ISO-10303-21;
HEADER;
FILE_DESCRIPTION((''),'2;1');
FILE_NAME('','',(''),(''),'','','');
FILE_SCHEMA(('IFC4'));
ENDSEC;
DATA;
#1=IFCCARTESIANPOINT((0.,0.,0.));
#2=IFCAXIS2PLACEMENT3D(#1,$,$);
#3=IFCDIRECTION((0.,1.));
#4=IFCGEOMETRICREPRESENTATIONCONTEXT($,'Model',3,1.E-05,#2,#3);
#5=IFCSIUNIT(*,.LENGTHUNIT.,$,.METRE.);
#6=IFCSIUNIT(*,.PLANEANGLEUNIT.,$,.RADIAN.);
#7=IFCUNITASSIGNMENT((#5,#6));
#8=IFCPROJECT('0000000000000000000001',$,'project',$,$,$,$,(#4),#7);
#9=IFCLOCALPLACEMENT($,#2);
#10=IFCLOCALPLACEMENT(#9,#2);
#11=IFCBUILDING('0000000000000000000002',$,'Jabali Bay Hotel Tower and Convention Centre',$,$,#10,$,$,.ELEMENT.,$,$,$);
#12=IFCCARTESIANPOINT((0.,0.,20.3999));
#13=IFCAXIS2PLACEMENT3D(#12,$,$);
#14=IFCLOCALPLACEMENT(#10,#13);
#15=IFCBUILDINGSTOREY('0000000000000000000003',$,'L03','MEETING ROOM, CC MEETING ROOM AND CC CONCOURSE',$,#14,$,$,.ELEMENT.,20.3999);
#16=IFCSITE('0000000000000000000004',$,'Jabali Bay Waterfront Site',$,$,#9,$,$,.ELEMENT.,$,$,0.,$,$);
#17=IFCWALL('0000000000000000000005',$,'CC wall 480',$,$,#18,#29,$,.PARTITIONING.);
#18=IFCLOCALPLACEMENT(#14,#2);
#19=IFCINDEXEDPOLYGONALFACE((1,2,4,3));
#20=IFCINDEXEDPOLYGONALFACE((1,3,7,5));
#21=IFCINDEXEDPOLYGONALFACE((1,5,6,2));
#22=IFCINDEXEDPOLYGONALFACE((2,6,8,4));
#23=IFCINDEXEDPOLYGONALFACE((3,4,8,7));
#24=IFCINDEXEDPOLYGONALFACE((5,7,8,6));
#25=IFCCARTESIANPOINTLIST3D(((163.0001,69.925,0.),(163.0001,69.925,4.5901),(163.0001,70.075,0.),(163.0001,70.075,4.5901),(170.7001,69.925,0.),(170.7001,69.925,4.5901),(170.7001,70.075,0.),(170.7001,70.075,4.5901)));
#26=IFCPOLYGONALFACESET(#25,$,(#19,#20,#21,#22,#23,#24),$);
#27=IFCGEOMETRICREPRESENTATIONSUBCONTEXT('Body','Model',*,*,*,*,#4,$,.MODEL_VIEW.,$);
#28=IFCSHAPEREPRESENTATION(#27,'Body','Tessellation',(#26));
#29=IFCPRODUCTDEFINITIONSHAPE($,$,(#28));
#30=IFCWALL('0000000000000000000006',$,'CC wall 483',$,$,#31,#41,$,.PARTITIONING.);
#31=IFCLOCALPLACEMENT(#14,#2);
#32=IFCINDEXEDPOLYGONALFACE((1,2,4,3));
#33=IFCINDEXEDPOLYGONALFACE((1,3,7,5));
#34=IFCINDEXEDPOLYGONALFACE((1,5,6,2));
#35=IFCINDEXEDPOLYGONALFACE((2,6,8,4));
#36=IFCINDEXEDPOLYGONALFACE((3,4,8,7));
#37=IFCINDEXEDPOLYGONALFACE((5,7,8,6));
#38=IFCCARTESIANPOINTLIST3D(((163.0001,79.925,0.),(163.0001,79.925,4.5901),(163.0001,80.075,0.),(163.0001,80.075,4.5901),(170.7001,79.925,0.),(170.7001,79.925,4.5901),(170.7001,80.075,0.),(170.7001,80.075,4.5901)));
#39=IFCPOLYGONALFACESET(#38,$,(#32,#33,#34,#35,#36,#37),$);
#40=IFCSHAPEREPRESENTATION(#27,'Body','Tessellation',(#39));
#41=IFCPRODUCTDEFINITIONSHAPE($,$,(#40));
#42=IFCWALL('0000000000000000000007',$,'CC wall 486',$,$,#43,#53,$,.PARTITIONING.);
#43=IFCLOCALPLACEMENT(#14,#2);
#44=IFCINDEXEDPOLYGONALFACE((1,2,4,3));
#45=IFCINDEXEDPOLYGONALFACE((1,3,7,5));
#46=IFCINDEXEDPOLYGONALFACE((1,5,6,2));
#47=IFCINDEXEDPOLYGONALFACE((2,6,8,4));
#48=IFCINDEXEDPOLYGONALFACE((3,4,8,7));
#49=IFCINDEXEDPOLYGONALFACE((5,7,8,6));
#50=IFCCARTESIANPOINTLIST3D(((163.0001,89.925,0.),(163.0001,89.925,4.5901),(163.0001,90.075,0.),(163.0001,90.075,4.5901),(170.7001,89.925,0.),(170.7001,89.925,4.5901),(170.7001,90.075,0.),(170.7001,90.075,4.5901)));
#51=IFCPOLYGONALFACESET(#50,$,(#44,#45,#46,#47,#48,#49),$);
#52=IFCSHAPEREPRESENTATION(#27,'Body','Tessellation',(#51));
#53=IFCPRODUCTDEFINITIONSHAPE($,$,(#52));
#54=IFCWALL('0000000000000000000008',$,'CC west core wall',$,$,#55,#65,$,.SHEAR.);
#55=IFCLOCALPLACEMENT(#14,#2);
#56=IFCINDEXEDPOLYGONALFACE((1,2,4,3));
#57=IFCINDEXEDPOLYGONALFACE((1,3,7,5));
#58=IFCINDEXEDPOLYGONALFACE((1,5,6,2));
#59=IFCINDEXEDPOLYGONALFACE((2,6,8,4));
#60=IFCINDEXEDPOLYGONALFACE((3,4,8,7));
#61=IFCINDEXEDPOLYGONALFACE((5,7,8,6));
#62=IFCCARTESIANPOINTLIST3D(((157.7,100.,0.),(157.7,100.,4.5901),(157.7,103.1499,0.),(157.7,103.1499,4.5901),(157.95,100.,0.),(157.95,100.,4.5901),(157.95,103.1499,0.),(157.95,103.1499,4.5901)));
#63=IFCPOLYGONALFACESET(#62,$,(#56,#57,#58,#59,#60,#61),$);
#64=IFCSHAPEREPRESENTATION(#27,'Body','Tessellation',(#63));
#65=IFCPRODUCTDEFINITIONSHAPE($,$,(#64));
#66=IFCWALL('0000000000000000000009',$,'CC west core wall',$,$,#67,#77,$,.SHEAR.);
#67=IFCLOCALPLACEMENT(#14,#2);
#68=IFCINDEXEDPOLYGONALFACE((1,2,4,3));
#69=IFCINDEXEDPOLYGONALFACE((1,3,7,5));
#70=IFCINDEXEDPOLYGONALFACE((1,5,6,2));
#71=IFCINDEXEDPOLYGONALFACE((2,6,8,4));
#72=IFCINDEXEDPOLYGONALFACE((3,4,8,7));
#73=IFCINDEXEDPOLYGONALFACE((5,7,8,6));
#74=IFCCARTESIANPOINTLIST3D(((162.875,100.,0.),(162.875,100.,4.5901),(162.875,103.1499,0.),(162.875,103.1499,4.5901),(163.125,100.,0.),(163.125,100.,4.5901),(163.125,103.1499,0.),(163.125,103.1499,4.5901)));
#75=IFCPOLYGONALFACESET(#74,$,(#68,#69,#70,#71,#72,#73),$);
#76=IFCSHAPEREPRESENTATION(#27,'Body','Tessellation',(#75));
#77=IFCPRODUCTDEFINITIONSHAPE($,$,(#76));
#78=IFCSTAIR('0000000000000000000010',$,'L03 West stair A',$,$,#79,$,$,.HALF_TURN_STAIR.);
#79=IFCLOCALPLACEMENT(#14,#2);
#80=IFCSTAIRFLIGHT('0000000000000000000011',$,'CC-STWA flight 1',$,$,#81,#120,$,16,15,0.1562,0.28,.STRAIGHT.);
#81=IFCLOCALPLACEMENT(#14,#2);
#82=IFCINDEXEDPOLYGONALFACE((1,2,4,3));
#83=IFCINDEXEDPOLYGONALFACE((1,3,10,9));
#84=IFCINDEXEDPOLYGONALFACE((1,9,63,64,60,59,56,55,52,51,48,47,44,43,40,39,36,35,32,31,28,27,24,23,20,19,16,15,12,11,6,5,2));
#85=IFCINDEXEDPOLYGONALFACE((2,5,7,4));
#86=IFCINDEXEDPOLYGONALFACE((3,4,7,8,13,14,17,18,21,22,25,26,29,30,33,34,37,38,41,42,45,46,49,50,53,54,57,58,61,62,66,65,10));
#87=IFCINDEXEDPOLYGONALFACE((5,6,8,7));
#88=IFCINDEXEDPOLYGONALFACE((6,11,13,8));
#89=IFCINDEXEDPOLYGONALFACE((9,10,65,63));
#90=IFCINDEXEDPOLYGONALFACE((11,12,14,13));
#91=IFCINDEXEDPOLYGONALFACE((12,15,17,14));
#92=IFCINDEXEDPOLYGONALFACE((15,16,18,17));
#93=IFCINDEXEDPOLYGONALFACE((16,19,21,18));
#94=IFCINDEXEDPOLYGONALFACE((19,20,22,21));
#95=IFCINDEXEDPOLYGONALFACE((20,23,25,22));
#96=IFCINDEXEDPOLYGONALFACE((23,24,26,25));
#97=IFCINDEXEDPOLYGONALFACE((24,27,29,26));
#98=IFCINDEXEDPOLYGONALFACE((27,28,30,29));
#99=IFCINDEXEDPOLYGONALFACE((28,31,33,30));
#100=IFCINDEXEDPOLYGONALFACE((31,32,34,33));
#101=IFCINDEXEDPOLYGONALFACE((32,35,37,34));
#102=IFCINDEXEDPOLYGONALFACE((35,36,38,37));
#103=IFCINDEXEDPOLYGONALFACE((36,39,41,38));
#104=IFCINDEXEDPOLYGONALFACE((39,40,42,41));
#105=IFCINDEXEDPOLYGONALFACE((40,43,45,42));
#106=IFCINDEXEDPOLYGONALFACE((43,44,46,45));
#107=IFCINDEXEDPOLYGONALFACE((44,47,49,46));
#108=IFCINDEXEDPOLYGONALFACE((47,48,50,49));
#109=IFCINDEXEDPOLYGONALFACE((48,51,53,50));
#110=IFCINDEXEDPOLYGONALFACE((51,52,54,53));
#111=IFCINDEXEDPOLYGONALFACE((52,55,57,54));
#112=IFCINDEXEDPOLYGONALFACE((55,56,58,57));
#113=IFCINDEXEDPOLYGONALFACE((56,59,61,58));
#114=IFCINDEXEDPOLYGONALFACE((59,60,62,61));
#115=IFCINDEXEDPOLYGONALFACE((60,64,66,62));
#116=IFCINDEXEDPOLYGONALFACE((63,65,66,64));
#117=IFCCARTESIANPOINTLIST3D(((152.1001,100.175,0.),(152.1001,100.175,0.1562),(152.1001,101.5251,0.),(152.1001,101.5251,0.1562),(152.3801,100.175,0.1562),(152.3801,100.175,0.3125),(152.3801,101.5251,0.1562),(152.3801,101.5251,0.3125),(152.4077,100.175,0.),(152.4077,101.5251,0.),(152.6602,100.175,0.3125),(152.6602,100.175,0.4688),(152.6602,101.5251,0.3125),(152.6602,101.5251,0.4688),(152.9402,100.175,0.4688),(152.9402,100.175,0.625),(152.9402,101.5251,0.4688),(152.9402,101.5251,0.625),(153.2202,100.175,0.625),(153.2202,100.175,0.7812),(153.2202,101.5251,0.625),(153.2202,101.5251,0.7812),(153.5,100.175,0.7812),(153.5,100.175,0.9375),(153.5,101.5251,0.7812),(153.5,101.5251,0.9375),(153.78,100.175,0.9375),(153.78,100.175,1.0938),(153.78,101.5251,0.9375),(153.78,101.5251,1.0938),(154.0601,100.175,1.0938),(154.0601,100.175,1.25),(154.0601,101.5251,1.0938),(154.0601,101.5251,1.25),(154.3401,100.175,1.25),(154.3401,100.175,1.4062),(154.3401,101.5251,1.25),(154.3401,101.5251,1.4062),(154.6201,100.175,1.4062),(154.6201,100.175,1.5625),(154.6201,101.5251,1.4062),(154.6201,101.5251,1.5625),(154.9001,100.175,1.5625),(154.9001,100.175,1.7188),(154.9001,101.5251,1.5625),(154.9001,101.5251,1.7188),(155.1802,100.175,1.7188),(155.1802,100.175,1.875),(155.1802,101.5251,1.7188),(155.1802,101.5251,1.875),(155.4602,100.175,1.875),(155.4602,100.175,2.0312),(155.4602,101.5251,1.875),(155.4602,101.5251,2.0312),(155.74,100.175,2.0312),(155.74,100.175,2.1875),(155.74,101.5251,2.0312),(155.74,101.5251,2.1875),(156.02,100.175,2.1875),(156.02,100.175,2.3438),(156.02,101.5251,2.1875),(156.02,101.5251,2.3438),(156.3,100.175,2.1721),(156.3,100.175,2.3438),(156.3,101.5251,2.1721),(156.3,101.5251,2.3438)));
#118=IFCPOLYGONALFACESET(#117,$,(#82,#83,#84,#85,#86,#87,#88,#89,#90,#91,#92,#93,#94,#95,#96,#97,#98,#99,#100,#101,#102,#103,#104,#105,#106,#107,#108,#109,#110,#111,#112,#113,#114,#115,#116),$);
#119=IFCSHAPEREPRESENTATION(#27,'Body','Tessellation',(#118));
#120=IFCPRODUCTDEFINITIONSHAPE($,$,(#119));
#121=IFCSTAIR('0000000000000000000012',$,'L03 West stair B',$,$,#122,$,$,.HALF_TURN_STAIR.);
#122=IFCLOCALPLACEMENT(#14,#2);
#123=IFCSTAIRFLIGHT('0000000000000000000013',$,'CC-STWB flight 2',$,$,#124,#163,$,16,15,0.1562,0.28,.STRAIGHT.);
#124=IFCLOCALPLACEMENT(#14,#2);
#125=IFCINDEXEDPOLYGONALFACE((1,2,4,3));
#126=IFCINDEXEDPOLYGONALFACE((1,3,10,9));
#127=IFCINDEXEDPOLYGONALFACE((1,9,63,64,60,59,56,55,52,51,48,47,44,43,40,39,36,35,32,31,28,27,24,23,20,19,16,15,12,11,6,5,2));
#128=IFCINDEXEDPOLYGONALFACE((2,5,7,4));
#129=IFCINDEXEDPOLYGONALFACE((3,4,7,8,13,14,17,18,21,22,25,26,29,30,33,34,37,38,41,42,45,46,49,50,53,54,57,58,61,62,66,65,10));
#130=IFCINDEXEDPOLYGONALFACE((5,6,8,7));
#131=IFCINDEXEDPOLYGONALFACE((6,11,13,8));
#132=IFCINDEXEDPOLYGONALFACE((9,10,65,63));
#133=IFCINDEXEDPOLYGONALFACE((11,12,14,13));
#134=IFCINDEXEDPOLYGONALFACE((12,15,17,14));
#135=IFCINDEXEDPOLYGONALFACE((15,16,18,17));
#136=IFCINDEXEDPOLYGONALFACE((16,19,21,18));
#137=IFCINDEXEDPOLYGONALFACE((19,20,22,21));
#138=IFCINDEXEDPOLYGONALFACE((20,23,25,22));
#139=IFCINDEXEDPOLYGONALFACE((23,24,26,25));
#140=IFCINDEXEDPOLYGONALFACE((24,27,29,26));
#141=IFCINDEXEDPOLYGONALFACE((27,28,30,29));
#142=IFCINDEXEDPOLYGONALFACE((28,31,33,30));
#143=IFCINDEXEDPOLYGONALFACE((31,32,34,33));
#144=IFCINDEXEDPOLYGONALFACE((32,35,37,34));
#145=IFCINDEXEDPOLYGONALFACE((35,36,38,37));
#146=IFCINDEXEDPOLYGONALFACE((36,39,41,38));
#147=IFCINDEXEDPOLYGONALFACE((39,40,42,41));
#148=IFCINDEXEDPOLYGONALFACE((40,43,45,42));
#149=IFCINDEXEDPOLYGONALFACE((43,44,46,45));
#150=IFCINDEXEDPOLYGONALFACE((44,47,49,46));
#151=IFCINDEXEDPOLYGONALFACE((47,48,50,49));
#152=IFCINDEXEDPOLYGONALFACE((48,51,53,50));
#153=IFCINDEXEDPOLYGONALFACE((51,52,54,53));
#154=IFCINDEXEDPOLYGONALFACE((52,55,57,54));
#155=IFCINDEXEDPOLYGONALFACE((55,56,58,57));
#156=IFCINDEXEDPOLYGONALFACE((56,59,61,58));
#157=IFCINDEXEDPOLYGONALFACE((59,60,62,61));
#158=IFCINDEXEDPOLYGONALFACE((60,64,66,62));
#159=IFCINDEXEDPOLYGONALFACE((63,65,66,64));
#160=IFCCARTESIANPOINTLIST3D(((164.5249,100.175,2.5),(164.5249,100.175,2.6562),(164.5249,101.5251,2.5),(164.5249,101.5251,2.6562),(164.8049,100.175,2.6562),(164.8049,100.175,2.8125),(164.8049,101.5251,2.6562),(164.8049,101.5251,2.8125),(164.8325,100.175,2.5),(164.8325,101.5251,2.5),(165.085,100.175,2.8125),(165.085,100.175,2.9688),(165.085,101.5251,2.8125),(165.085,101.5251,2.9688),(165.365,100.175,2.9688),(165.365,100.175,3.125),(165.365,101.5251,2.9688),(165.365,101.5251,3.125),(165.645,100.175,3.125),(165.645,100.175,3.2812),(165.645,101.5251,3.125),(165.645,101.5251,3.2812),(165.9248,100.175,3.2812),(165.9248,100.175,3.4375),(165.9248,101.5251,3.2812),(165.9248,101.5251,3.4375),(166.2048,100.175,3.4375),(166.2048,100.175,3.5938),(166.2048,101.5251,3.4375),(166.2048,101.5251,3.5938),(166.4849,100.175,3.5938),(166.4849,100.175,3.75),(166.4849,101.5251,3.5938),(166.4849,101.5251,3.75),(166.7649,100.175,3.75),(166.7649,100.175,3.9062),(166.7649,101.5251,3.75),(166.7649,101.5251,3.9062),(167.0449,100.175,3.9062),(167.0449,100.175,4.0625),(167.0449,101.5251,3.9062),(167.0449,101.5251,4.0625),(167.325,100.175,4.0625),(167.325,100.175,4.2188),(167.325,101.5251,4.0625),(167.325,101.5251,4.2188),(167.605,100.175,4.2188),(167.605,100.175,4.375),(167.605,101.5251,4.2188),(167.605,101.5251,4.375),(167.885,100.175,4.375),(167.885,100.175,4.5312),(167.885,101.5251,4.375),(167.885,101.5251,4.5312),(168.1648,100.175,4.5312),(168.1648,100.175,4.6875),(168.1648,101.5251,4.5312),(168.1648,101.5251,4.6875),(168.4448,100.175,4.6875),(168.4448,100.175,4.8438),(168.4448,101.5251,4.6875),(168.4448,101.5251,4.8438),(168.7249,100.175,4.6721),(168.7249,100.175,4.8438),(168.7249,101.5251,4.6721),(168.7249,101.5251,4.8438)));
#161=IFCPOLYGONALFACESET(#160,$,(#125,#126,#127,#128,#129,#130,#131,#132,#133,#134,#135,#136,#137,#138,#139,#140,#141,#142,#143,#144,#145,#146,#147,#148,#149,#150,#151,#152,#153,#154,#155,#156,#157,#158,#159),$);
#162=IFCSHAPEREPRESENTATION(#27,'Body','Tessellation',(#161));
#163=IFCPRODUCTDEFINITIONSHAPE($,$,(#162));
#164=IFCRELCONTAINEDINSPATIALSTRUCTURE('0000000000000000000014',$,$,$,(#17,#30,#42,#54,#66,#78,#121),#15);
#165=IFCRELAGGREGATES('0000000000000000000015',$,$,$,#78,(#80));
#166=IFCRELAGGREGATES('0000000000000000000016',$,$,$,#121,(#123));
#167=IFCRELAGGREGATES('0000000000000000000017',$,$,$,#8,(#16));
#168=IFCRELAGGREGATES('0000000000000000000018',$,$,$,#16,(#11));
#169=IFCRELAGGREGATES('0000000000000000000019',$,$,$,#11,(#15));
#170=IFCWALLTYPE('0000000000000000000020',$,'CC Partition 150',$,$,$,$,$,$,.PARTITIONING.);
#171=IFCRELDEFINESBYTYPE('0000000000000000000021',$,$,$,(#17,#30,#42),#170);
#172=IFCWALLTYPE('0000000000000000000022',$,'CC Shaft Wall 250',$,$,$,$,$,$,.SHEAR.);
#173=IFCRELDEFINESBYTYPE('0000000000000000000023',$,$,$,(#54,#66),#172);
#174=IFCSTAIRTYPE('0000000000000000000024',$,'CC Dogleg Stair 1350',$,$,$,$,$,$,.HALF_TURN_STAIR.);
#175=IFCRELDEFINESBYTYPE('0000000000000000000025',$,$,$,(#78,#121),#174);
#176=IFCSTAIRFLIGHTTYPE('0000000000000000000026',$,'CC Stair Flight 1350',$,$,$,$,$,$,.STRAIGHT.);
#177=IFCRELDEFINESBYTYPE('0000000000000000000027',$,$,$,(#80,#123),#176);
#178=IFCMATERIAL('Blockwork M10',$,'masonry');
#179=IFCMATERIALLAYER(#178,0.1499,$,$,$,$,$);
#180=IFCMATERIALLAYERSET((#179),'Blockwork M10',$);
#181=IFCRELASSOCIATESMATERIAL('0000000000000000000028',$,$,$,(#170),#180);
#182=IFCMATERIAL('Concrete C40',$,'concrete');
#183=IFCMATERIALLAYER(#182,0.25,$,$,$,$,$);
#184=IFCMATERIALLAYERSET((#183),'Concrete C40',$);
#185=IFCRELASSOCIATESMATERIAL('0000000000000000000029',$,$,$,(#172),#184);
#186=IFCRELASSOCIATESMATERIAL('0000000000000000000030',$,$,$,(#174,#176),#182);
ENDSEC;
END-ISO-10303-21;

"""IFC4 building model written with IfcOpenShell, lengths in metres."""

from ifc_helpers import new_model, si_unit, direction, frame, frame_2d, origin, place, context, subcontext, project, spatial, polyline, rectangle, outline, extrude, material, layer, layer_set, type_object, element, aggregate, save


model = new_model("IFC4")

# Units and contexts
model_context = context("Model", 3, precision=1e-05, world=origin(), true_north=direction((0.0, 1.0)))
body_context = subcontext(model_context, "Body", "Model", "MODEL_VIEW")
ifc_project = project(units=[si_unit("LENGTHUNIT", "METRE"), si_unit("PLANEANGLEUNIT", "RADIAN")], contexts=[model_context])

# Site, building, storey
site_placement = place(None, origin())
site = spatial("IfcSite", under=ifc_project, at=site_placement, Name="Jabali Bay Waterfront Site", CompositionType="ELEMENT", RefElevation=0.0)
building_placement = place(site_placement, origin())
building = spatial("IfcBuilding", under=site, at=building_placement, Name="Jabali Bay Hotel Tower and Convention Centre", CompositionType="ELEMENT")
storey_placement = place(building_placement, frame((0.0, 0.0, 20.3999)))
storey = spatial("IfcBuildingStorey", under=building, at=storey_placement, Name="L03", Description="MEETING ROOM, CC MEETING ROOM AND CC CONCOURSE", CompositionType="ELEMENT", Elevation=20.3999)

# Shared definitions
ifc_material_1 = material(Name="Blockwork M10", Category="masonry")
ifc_layer_1 = layer(ifc_material_1, 0.1499)
ifc_layer_set_1 = layer_set([ifc_layer_1], Name="Blockwork M10")
wall_type_1 = type_object("IfcWallType", Name="CC Partition 150", PredefinedType="PARTITIONING", material=ifc_layer_set_1)

# Walls
for number, where, z_axis, x_axis, name in (
    (1, (163.0, 70.0, 0.0), (0.0, 0.0, 1.0), (1.0, 0.0, 0.0), "CC wall 480"),
    (2, (163.0, 80.0, 0.0), (0.0, 0.0, 1.0), (1.0, 0.0, 0.0), "CC wall 483"),
    (3, (163.0, 90.0, 0.0), (0.0, 0.0, 1.0), (1.0, 0.0, 0.0), "CC wall 486"),
):
    element("IfcWall", number, at=place(storey_placement, frame(where, z_axis=z_axis, x_axis=x_axis)), inside=storey, type_object=wall_type_1, Name=name, PredefinedType="PARTITIONING", context=body_context, shape_type="SweptSolid", body=[
        extrude(rectangle(XDim=7.7, YDim=0.1499, at=frame_2d((3.8501, 0.0))), origin(), (0.0, 0.0, 1.0), 4.5901),
    ])
ifc_material_2 = material(Name="Concrete C40", Category="concrete")
ifc_layer_2 = layer(ifc_material_2, 0.25)
ifc_layer_set_2 = layer_set([ifc_layer_2], Name="Concrete C40")
wall_type_2 = type_object("IfcWallType", Name="CC Shaft Wall 250", PredefinedType="SHEAR", material=ifc_layer_set_2)
for number, where, z_axis, x_axis, name in (
    (4, (157.825, 100.0, 0.0), (0.0, 0.0, 1.0), (0.0, 1.0, 0.0), "CC west core wall"),
    (5, (163.0, 100.0, 0.0), (0.0, 0.0, 1.0), (0.0, 1.0, 0.0), "CC west core wall"),
):
    element("IfcWall", number, at=place(storey_placement, frame(where, z_axis=z_axis, x_axis=x_axis)), inside=storey, type_object=wall_type_2, Name=name, PredefinedType="SHEAR", context=body_context, shape_type="SweptSolid", body=[
        extrude(rectangle(XDim=3.1499, YDim=0.25, at=frame_2d((1.575, 0.0))), origin(), (0.0, 0.0, 1.0), 4.5901),
    ])

# Stairs, stair flights
stair_type = type_object("IfcStairType", Name="CC Dogleg Stair 1350", PredefinedType="HALF_TURN_STAIR", material=ifc_material_2)
stair_1_placement = place(storey_placement, origin())
stair_1 = element("IfcStair", 6, at=stair_1_placement, inside=storey, type_object=stair_type, Name="L03 West stair A", PredefinedType="HALF_TURN_STAIR")
stair_flight_type = type_object("IfcStairFlightType", Name="CC Stair Flight 1350", PredefinedType="STRAIGHT", material=ifc_material_2)
stair_flight_1_placement = place(storey_placement, frame((152.1001, 100.8501, 0.0), z_axis=(0.0, 0.0, 1.0), x_axis=(1.0, 0.0, 0.0)))
stair_flight_1 = element("IfcStairFlight", 7, at=stair_flight_1_placement, type_object=stair_flight_type, Name="CC-STWA flight 1", NumberOfRisers=16, NumberOfTreads=15, PredefinedType="STRAIGHT", RiserHeight=0.1562, TreadLength=0.28, context=body_context, shape_type="SweptSolid", body=[
    extrude(outline(polyline([(0.0, 0.0), (0.0, 0.1562), (0.28, 0.1562), (0.28, 0.3125), (0.5601, 0.3125), (0.5601, 0.4688), (0.8401, 0.4688), (0.8401, 0.625), (1.1201, 0.625), (1.1201, 0.7812), (1.3999, 0.7812), (1.3999, 0.9375), (1.6799, 0.9375), (1.6799, 1.0938), (1.96, 1.0938), (1.96, 1.25), (2.24, 1.25), (2.24, 1.4062), (2.52, 1.4062), (2.52, 1.5625), (2.8, 1.5625), (2.8, 1.7188), (3.0801, 1.7188), (3.0801, 1.875), (3.3601, 1.875), (3.3601, 2.0312), (3.6399, 2.0312), (3.6399, 2.1875), (3.9199, 2.1875), (3.9199, 2.3438), (4.2, 2.3438), (4.2, 2.5), (4.2, 2.1721), (0.3076, 0.0), (0.0, 0.0)])), frame((0.0, 0.675, 0.0), z_axis=(0.0, -1.0, 0.0), x_axis=(1.0, 0.0, 0.0)), (0.0, 0.0, 1.0), 1.3501),
])
aggregate(stair_1, [stair_flight_1])
stair_2_placement = place(storey_placement, origin())
stair_2 = element("IfcStair", 8, at=stair_2_placement, inside=storey, type_object=stair_type, Name="L03 West stair B", PredefinedType="HALF_TURN_STAIR")
stair_flight_2_placement = place(storey_placement, frame((164.5249, 100.8501, 2.5), z_axis=(0.0, 0.0, 1.0), x_axis=(1.0, 0.0, 0.0)))
stair_flight_2 = element("IfcStairFlight", 9, at=stair_flight_2_placement, type_object=stair_flight_type, Name="CC-STWB flight 2", NumberOfRisers=16, NumberOfTreads=15, PredefinedType="STRAIGHT", RiserHeight=0.1562, TreadLength=0.28, context=body_context, shape_type="SweptSolid", body=[
    extrude(outline(polyline([(0.0, 0.0), (0.0, 0.1562), (0.28, 0.1562), (0.28, 0.3125), (0.5601, 0.3125), (0.5601, 0.4688), (0.8401, 0.4688), (0.8401, 0.625), (1.1201, 0.625), (1.1201, 0.7812), (1.3999, 0.7812), (1.3999, 0.9375), (1.6799, 0.9375), (1.6799, 1.0938), (1.96, 1.0938), (1.96, 1.25), (2.24, 1.25), (2.24, 1.4062), (2.52, 1.4062), (2.52, 1.5625), (2.8, 1.5625), (2.8, 1.7188), (3.0801, 1.7188), (3.0801, 1.875), (3.3601, 1.875), (3.3601, 2.0312), (3.6399, 2.0312), (3.6399, 2.1875), (3.9199, 2.1875), (3.9199, 2.3438), (4.2, 2.3438), (4.2, 2.5), (4.2, 2.1721), (0.3076, 0.0), (0.0, 0.0)])), frame((0.0, 0.675, 0.0), z_axis=(0.0, -1.0, 0.0), x_axis=(1.0, 0.0, 0.0)), (0.0, 0.0, 1.0), 1.3501),
])
aggregate(stair_2, [stair_flight_2])

save(model, "model.ifc")
